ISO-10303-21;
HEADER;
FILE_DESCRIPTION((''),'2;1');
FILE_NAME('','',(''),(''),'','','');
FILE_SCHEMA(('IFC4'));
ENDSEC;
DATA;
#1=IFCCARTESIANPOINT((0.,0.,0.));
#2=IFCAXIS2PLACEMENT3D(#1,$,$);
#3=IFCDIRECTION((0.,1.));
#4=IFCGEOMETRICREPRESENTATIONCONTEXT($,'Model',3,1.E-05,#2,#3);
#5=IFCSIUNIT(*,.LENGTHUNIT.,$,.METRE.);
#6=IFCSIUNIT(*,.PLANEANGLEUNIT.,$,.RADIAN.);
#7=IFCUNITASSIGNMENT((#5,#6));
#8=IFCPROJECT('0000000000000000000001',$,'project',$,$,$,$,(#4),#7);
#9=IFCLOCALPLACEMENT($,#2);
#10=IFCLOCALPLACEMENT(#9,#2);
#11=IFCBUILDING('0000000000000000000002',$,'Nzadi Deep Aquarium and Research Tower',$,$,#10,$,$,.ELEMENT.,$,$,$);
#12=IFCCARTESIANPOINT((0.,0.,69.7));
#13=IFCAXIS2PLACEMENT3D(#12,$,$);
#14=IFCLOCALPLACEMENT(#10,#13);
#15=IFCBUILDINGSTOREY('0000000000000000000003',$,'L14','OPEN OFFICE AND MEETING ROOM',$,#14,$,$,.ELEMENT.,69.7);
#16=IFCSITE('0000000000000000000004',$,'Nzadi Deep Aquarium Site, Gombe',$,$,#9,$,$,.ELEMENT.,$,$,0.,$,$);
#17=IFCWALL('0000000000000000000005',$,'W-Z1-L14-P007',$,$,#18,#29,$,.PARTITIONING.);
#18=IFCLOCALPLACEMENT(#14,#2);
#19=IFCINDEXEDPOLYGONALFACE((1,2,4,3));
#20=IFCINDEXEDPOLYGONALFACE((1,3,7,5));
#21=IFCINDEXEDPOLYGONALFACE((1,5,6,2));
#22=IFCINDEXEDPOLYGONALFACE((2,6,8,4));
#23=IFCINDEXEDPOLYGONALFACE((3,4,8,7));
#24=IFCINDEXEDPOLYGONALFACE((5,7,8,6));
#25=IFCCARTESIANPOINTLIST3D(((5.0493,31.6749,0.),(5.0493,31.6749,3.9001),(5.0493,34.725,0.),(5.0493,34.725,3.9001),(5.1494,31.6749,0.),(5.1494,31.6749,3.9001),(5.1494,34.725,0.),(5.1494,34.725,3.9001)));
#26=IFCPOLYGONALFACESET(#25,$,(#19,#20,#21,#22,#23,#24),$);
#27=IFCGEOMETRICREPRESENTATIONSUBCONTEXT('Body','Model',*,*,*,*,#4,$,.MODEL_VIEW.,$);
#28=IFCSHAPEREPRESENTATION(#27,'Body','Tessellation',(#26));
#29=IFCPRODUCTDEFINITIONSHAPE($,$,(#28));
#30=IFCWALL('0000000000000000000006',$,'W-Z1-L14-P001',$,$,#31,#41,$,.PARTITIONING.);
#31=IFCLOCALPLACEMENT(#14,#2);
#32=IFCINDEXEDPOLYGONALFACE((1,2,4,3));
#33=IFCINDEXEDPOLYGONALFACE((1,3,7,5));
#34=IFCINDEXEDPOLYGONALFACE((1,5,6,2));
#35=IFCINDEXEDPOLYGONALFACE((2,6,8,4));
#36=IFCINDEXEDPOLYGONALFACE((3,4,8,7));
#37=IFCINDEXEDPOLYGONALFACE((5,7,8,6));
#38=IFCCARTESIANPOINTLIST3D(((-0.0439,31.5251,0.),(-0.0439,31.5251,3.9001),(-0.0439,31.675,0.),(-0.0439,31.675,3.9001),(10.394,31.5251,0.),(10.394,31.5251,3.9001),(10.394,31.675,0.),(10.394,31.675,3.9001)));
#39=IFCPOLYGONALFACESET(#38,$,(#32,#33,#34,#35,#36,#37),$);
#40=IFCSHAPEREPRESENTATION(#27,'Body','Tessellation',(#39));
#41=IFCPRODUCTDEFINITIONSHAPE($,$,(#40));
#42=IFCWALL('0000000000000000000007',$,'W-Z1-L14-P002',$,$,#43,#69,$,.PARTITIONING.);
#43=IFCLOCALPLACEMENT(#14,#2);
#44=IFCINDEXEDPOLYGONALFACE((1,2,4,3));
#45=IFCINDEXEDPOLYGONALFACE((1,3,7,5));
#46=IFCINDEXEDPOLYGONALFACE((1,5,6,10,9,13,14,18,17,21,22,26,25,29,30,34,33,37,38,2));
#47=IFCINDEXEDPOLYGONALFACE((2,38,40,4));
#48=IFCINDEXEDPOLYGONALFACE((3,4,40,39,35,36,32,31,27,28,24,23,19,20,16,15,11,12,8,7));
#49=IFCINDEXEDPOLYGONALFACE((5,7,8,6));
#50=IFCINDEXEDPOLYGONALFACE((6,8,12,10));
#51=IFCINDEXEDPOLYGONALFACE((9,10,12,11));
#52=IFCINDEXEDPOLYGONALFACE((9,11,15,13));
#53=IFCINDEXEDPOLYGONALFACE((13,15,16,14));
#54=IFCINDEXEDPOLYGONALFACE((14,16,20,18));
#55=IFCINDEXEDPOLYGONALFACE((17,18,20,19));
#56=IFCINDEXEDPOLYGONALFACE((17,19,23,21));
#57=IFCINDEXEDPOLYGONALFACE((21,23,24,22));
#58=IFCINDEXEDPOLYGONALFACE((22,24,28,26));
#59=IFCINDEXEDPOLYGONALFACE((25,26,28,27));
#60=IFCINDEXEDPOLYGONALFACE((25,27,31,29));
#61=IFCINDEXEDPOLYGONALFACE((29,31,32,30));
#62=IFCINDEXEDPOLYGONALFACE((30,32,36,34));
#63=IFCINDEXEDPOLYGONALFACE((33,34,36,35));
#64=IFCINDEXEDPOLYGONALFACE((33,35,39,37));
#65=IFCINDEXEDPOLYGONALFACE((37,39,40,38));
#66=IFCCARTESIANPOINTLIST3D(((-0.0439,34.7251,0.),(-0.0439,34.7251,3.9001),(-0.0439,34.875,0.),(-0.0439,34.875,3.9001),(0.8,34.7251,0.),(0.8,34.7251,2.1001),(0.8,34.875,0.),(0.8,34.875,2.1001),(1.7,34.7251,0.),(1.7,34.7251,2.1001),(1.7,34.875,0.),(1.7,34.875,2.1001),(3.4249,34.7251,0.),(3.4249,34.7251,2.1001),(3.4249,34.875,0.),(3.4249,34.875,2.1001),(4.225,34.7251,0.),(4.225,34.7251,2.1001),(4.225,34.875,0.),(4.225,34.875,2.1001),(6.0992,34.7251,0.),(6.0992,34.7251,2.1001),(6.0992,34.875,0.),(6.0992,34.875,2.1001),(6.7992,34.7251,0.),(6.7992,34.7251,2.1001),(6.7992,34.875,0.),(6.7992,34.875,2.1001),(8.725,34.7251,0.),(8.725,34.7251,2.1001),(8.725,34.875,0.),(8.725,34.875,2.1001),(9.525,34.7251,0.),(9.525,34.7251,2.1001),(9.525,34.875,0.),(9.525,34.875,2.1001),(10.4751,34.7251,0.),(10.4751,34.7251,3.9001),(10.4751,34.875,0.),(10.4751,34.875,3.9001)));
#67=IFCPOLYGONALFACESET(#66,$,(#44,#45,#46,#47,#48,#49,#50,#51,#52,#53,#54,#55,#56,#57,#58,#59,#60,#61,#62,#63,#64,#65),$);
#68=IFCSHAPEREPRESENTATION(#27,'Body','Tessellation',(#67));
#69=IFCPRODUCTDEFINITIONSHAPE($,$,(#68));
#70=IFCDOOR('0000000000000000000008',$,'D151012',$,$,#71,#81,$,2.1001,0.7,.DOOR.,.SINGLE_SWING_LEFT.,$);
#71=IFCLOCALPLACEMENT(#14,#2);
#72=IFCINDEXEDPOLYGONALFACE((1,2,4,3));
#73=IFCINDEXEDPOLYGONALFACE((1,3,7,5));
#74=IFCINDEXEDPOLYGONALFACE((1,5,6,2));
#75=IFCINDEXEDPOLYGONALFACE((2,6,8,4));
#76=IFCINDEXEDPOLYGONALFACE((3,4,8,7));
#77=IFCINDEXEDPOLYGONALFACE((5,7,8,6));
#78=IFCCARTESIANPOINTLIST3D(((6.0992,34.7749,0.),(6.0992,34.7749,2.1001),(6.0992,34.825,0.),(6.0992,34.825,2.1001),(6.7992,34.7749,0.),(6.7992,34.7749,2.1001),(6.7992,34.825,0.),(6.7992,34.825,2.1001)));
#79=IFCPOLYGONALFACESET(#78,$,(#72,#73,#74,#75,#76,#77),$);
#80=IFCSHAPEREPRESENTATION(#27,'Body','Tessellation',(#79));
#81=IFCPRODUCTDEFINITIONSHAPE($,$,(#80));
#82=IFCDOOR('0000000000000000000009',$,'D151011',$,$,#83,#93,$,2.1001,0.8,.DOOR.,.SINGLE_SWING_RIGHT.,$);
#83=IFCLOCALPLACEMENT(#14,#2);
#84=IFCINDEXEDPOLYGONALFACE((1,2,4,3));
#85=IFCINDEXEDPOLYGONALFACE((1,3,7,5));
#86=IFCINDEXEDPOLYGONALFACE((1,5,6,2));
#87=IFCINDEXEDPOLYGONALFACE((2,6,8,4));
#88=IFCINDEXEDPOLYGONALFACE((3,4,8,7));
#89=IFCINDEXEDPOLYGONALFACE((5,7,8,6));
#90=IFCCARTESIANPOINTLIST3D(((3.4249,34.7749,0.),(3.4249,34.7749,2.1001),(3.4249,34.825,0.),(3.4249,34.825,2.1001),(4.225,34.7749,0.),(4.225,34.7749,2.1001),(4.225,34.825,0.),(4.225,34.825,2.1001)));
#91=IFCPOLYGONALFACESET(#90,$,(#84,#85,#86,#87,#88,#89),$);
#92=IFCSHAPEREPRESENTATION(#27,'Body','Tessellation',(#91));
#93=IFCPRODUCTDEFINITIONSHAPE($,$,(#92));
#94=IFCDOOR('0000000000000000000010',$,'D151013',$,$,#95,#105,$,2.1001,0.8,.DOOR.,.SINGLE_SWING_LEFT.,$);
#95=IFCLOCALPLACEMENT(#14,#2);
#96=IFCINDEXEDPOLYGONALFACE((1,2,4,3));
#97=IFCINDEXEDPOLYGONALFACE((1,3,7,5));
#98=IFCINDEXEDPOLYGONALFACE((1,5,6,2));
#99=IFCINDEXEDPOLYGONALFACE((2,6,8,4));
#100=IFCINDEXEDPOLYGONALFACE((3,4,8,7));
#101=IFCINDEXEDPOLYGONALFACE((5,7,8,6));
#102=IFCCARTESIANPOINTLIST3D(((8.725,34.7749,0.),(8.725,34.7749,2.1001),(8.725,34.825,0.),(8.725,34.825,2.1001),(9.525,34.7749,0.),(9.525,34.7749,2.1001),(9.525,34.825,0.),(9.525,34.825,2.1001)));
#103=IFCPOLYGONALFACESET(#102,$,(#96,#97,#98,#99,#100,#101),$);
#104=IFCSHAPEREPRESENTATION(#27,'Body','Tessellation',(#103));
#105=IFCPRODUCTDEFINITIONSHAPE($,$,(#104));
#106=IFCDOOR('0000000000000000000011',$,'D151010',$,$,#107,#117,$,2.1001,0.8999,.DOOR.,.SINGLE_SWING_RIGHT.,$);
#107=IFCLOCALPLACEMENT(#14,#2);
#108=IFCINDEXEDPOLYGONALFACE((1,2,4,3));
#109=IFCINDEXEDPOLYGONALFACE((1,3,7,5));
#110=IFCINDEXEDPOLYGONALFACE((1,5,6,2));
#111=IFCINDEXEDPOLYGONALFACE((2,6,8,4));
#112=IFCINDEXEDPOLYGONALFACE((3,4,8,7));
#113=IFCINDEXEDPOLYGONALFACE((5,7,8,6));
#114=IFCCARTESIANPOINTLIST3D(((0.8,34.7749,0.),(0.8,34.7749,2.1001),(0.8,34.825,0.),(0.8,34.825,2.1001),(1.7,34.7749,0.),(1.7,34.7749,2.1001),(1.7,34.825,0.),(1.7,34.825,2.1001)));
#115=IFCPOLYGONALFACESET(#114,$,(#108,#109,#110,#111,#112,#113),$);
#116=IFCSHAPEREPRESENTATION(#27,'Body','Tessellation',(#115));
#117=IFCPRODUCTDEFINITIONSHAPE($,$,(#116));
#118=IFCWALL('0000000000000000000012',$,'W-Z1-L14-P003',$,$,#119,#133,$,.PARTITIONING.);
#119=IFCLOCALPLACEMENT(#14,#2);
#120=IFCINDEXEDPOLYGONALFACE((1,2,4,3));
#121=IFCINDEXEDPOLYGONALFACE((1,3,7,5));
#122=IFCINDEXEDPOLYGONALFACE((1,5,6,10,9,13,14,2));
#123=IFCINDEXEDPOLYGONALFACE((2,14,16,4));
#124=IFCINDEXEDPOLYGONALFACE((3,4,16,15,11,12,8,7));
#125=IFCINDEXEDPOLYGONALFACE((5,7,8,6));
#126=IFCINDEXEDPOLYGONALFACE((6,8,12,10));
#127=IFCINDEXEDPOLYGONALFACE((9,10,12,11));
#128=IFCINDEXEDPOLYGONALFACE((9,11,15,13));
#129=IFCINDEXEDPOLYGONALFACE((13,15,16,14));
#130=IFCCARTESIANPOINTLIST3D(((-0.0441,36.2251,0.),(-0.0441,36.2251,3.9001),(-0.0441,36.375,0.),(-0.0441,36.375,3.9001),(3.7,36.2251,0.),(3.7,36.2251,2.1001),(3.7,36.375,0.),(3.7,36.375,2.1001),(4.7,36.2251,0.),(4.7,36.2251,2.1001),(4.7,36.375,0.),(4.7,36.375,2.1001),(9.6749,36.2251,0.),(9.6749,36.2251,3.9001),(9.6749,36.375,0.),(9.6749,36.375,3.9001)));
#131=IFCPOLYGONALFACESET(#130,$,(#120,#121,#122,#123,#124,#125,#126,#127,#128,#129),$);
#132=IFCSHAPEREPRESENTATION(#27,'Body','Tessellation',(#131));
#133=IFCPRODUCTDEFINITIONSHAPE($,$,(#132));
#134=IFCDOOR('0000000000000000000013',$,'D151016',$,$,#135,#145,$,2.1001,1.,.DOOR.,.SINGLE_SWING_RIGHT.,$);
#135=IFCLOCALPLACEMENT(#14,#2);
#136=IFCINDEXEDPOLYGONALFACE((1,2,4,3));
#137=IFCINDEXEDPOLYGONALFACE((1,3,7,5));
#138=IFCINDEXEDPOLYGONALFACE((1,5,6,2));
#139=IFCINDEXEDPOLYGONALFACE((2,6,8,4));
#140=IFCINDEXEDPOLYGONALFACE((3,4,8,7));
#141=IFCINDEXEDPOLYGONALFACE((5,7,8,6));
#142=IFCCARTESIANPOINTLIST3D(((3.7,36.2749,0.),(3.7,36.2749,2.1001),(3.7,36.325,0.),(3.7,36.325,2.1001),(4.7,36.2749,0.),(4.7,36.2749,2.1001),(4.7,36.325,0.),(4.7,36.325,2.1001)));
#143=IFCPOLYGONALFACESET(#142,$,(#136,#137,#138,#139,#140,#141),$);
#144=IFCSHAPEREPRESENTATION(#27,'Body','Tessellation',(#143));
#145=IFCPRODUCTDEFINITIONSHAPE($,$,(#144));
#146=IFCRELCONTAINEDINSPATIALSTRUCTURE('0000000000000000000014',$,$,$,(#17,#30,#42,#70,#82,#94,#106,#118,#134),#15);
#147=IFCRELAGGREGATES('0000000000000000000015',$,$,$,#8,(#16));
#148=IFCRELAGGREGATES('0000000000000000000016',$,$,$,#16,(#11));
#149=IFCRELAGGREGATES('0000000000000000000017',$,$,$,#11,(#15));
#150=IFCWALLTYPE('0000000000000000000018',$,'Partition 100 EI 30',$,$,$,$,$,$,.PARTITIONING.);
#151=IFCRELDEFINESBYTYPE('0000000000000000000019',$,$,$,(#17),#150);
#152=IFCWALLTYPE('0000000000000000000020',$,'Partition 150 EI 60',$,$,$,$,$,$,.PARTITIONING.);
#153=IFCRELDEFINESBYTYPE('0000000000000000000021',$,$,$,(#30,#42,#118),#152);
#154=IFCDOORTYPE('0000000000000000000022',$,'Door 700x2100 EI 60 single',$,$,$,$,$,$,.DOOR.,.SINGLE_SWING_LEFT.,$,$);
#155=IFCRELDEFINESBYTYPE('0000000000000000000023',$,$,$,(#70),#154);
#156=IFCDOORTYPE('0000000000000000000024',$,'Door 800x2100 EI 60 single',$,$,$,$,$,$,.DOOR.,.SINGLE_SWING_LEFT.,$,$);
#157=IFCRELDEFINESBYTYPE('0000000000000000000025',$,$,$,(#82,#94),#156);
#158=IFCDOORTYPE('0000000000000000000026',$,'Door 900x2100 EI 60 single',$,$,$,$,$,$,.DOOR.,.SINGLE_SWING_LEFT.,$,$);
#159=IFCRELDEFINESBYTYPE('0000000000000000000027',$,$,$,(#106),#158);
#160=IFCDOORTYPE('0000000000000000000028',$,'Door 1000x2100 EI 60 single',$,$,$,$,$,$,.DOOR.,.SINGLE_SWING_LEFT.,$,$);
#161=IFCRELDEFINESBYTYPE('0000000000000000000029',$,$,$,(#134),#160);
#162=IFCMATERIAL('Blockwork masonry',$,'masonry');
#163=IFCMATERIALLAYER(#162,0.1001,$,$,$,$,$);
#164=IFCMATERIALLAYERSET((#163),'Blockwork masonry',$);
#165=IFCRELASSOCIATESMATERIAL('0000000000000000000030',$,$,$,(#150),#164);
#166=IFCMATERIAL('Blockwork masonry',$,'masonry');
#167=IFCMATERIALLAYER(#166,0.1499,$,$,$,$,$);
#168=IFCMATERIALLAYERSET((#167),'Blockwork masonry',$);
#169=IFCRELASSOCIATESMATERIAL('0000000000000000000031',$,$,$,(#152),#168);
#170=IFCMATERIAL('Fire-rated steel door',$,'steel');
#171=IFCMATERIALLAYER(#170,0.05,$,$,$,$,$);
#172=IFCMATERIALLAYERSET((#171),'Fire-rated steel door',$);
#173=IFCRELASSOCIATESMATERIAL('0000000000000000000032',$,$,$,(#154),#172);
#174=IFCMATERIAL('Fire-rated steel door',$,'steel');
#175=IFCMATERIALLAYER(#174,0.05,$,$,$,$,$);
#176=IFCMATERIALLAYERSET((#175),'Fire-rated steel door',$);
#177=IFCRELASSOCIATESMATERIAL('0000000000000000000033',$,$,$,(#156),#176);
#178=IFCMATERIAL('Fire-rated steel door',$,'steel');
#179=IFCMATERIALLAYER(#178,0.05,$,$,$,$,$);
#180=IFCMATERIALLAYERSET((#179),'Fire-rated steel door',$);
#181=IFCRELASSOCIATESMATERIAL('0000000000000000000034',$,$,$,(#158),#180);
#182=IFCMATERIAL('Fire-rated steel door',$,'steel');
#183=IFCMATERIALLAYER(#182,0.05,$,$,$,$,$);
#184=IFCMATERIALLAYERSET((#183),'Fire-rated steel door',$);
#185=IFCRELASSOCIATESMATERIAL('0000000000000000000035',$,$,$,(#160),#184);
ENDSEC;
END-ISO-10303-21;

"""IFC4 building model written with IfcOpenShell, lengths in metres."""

from ifc_helpers import new_model, si_unit, direction, frame, frame_2d, origin, place, context, subcontext, project, spatial, rectangle, extrude, material, layer, layer_set, type_object, element, fill, save


model = new_model("IFC4")

# Units and contexts
model_context = context("Model", 3, precision=1e-05, world=origin(), true_north=direction((0.0, 1.0)))
body_context = subcontext(model_context, "Body", "Model", "MODEL_VIEW")
ifc_project = project(units=[si_unit("LENGTHUNIT", "METRE"), si_unit("PLANEANGLEUNIT", "RADIAN")], contexts=[model_context])

# Site, building, storey
site_placement = place(None, origin())
site = spatial("IfcSite", under=ifc_project, at=site_placement, Name="Nzadi Deep Aquarium Site, Gombe", CompositionType="ELEMENT", RefElevation=0.0)
building_placement = place(site_placement, origin())
building = spatial("IfcBuilding", under=site, at=building_placement, Name="Nzadi Deep Aquarium and Research Tower", CompositionType="ELEMENT")
storey_placement = place(building_placement, frame((0.0, 0.0, 69.7)))
storey = spatial("IfcBuildingStorey", under=building, at=storey_placement, Name="L14", Description="OPEN OFFICE AND MEETING ROOM", CompositionType="ELEMENT", Elevation=69.7)

# Walls
ifc_material_1 = material(Name="Blockwork masonry", Category="masonry")
ifc_layer_1 = layer(ifc_material_1, 0.1001)
ifc_layer_set_1 = layer_set([ifc_layer_1], Name="Blockwork masonry")
wall_type_1 = type_object("IfcWallType", Name="Partition 100 EI 30", PredefinedType="PARTITIONING", material=ifc_layer_set_1)
for number, where, z_axis, x_axis, name in (
    (1, (5.0994, 31.675, 0.0), (0.0, 0.0, 1.0), (0.0, 1.0, 0.0), "W-Z1-L14-P007"),
):
    element("IfcWall", number, at=place(storey_placement, frame(where, z_axis=z_axis, x_axis=x_axis)), inside=storey, type_object=wall_type_1, Name=name, PredefinedType="PARTITIONING", context=body_context, shape_type="SweptSolid", body=[
        extrude(rectangle(XDim=3.05, YDim=0.1001, at=frame_2d((1.5249, 0.0))), origin(), (0.0, 0.0, 1.0), 3.9001),
    ])
ifc_material_2 = material(Name="Blockwork masonry", Category="masonry")
ifc_layer_2 = layer(ifc_material_2, 0.1499)
ifc_layer_set_2 = layer_set([ifc_layer_2], Name="Blockwork masonry")
wall_type_2 = type_object("IfcWallType", Name="Partition 150 EI 60", PredefinedType="PARTITIONING", material=ifc_layer_set_2)
wall_1_placement = place(storey_placement, frame((-0.0439, 31.6001, 0.0), z_axis=(0.0, 0.0, 1.0), x_axis=(1.0, 0.0, 0.0)))
element("IfcWall", 2, at=wall_1_placement, inside=storey, type_object=wall_type_2, Name="W-Z1-L14-P001", PredefinedType="PARTITIONING", context=body_context, shape_type="SweptSolid", body=[
    extrude(rectangle(XDim=10.438, YDim=0.1499, at=frame_2d((5.219, 0.0))), origin(), (0.0, 0.0, 1.0), 3.9001),
])

# Wall, openings, doors
wall_2_placement = place(storey_placement, frame((-0.0439, 34.8, 0.0), z_axis=(0.0, 0.0, 1.0), x_axis=(1.0, 0.0, 0.0)))
wall_2 = element("IfcWall", 3, at=wall_2_placement, inside=storey, type_object=wall_type_2, Name="W-Z1-L14-P002", PredefinedType="PARTITIONING", context=body_context, shape_type="SweptSolid", body=[
    extrude(rectangle(XDim=10.519, YDim=0.1499, at=frame_2d((5.2595, 0.0))), origin(), (0.0, 0.0, 1.0), 3.9001),
])
opening_1_placement = place(wall_2_placement, frame((0.844, 0.0, 0.0)))
opening_1 = element("IfcOpeningElement", 4, at=opening_1_placement, cuts=wall_2, PredefinedType="OPENING", context=body_context, shape_type="SweptSolid", body=[
    extrude(rectangle(XDim=0.8999, YDim=2.1001, at=frame_2d((0.45, 1.05))), frame((0.0, 0.085, 0.0), z_axis=(0.0, -1.0, 0.0), x_axis=(1.0, 0.0, 0.0)), (0.0, 0.0, 1.0), 0.1699),
])
opening_2_placement = place(wall_2_placement, frame((3.469, 0.0, 0.0)))
opening_2 = element("IfcOpeningElement", 5, at=opening_2_placement, cuts=wall_2, PredefinedType="OPENING", context=body_context, shape_type="SweptSolid", body=[
    extrude(rectangle(XDim=0.8, YDim=2.1001, at=frame_2d((0.3999, 1.05))), frame((0.0, 0.085, 0.0), z_axis=(0.0, -1.0, 0.0), x_axis=(1.0, 0.0, 0.0)), (0.0, 0.0, 1.0), 0.1699),
])
opening_3_placement = place(wall_2_placement, frame((6.1431, 0.0, 0.0)))
opening_3 = element("IfcOpeningElement", 6, at=opening_3_placement, cuts=wall_2, PredefinedType="OPENING", context=body_context, shape_type="SweptSolid", body=[
    extrude(rectangle(XDim=0.7, YDim=2.1001, at=frame_2d((0.3501, 1.05))), frame((0.0, 0.085, 0.0), z_axis=(0.0, -1.0, 0.0), x_axis=(1.0, 0.0, 0.0)), (0.0, 0.0, 1.0), 0.1699),
])
opening_4_placement = place(wall_2_placement, frame((8.769, 0.0, 0.0)))
opening_4 = element("IfcOpeningElement", 7, at=opening_4_placement, cuts=wall_2, PredefinedType="OPENING", context=body_context, shape_type="SweptSolid", body=[
    extrude(rectangle(XDim=0.8, YDim=2.1001, at=frame_2d((0.3999, 1.05))), frame((0.0, 0.085, 0.0), z_axis=(0.0, -1.0, 0.0), x_axis=(1.0, 0.0, 0.0)), (0.0, 0.0, 1.0), 0.1699),
])
ifc_material_3 = material(Name="Fire-rated steel door", Category="steel")
ifc_layer_3 = layer(ifc_material_3, 0.05)
ifc_layer_set_3 = layer_set([ifc_layer_3], Name="Fire-rated steel door")
door_type_1 = type_object("IfcDoorType", Name="Door 700x2100 EI 60 single", OperationType="SINGLE_SWING_LEFT", PredefinedType="DOOR", material=ifc_layer_set_3)
door_1_placement = place(opening_3_placement, origin())
door_1 = element("IfcDoor", 8, at=door_1_placement, inside=storey, type_object=door_type_1, Name="D151012", OperationType="SINGLE_SWING_LEFT", OverallHeight=2.1001, OverallWidth=0.7, PredefinedType="DOOR", context=body_context, shape_type="SweptSolid", body=[
    extrude(rectangle(XDim=0.7, YDim=2.1001, at=frame_2d((0.3501, 1.05))), frame((0.0, 0.0249, 0.0), z_axis=(0.0, -1.0, 0.0), x_axis=(1.0, 0.0, 0.0)), (0.0, 0.0, 1.0), 0.05),
])
fill(opening_3, door_1)
ifc_material_4 = material(Name="Fire-rated steel door", Category="steel")
ifc_layer_4 = layer(ifc_material_4, 0.05)
ifc_layer_set_4 = layer_set([ifc_layer_4], Name="Fire-rated steel door")
door_type_2 = type_object("IfcDoorType", Name="Door 800x2100 EI 60 single", OperationType="SINGLE_SWING_LEFT", PredefinedType="DOOR", material=ifc_layer_set_4)
door_2_placement = place(opening_2_placement, origin())
door_2 = element("IfcDoor", 9, at=door_2_placement, inside=storey, type_object=door_type_2, Name="D151011", OperationType="SINGLE_SWING_RIGHT", OverallHeight=2.1001, OverallWidth=0.8, PredefinedType="DOOR", context=body_context, shape_type="SweptSolid", body=[
    extrude(rectangle(XDim=0.8, YDim=2.1001, at=frame_2d((0.3999, 1.05))), frame((0.0, 0.0249, 0.0), z_axis=(0.0, -1.0, 0.0), x_axis=(1.0, 0.0, 0.0)), (0.0, 0.0, 1.0), 0.05),
])
fill(opening_2, door_2)
door_3_placement = place(opening_4_placement, origin())
door_3 = element("IfcDoor", 10, at=door_3_placement, inside=storey, type_object=door_type_2, Name="D151013", OperationType="SINGLE_SWING_LEFT", OverallHeight=2.1001, OverallWidth=0.8, PredefinedType="DOOR", context=body_context, shape_type="SweptSolid", body=[
    extrude(rectangle(XDim=0.8, YDim=2.1001, at=frame_2d((0.3999, 1.05))), frame((0.0, 0.0249, 0.0), z_axis=(0.0, -1.0, 0.0), x_axis=(1.0, 0.0, 0.0)), (0.0, 0.0, 1.0), 0.05),
])
fill(opening_4, door_3)
ifc_material_5 = material(Name="Fire-rated steel door", Category="steel")
ifc_layer_5 = layer(ifc_material_5, 0.05)
ifc_layer_set_5 = layer_set([ifc_layer_5], Name="Fire-rated steel door")
door_type_3 = type_object("IfcDoorType", Name="Door 900x2100 EI 60 single", OperationType="SINGLE_SWING_LEFT", PredefinedType="DOOR", material=ifc_layer_set_5)
door_4_placement = place(opening_1_placement, origin())
door_4 = element("IfcDoor", 11, at=door_4_placement, inside=storey, type_object=door_type_3, Name="D151010", OperationType="SINGLE_SWING_RIGHT", OverallHeight=2.1001, OverallWidth=0.8999, PredefinedType="DOOR", context=body_context, shape_type="SweptSolid", body=[
    extrude(rectangle(XDim=0.8999, YDim=2.1001, at=frame_2d((0.45, 1.05))), frame((0.0, 0.0249, 0.0), z_axis=(0.0, -1.0, 0.0), x_axis=(1.0, 0.0, 0.0)), (0.0, 0.0, 1.0), 0.05),
])
fill(opening_1, door_4)

# Wall, opening, door
wall_3_placement = place(storey_placement, frame((-0.0439, 36.3, 0.0), z_axis=(0.0, 0.0, 1.0), x_axis=(1.0, 0.0, 0.0)))
wall_3 = element("IfcWall", 12, at=wall_3_placement, inside=storey, type_object=wall_type_2, Name="W-Z1-L14-P003", PredefinedType="PARTITIONING", context=body_context, shape_type="SweptSolid", body=[
    extrude(rectangle(XDim=9.719, YDim=0.1499, at=frame_2d((4.8594, 0.0))), origin(), (0.0, 0.0, 1.0), 3.9001),
])
opening_5_placement = place(wall_3_placement, frame((3.7439, 0.0, 0.0)))
opening_5 = element("IfcOpeningElement", 13, at=opening_5_placement, cuts=wall_3, PredefinedType="OPENING", context=body_context, shape_type="SweptSolid", body=[
    extrude(rectangle(XDim=1.0, YDim=2.1001, at=frame_2d((0.5, 1.05))), frame((0.0, 0.085, 0.0), z_axis=(0.0, -1.0, 0.0), x_axis=(1.0, 0.0, 0.0)), (0.0, 0.0, 1.0), 0.1699),
])
ifc_material_6 = material(Name="Fire-rated steel door", Category="steel")
ifc_layer_6 = layer(ifc_material_6, 0.05)
ifc_layer_set_6 = layer_set([ifc_layer_6], Name="Fire-rated steel door")
door_type_4 = type_object("IfcDoorType", Name="Door 1000x2100 EI 60 single", OperationType="SINGLE_SWING_LEFT", PredefinedType="DOOR", material=ifc_layer_set_6)
door_5_placement = place(opening_5_placement, origin())
door_5 = element("IfcDoor", 14, at=door_5_placement, inside=storey, type_object=door_type_4, Name="D151016", OperationType="SINGLE_SWING_RIGHT", OverallHeight=2.1001, OverallWidth=1.0, PredefinedType="DOOR", context=body_context, shape_type="SweptSolid", body=[
    extrude(rectangle(XDim=1.0, YDim=2.1001, at=frame_2d((0.5, 1.05))), frame((0.0, 0.0249, 0.0), z_axis=(0.0, -1.0, 0.0), x_axis=(1.0, 0.0, 0.0)), (0.0, 0.0, 1.0), 0.05),
])
fill(opening_5, door_5)

save(model, "model.ifc")
